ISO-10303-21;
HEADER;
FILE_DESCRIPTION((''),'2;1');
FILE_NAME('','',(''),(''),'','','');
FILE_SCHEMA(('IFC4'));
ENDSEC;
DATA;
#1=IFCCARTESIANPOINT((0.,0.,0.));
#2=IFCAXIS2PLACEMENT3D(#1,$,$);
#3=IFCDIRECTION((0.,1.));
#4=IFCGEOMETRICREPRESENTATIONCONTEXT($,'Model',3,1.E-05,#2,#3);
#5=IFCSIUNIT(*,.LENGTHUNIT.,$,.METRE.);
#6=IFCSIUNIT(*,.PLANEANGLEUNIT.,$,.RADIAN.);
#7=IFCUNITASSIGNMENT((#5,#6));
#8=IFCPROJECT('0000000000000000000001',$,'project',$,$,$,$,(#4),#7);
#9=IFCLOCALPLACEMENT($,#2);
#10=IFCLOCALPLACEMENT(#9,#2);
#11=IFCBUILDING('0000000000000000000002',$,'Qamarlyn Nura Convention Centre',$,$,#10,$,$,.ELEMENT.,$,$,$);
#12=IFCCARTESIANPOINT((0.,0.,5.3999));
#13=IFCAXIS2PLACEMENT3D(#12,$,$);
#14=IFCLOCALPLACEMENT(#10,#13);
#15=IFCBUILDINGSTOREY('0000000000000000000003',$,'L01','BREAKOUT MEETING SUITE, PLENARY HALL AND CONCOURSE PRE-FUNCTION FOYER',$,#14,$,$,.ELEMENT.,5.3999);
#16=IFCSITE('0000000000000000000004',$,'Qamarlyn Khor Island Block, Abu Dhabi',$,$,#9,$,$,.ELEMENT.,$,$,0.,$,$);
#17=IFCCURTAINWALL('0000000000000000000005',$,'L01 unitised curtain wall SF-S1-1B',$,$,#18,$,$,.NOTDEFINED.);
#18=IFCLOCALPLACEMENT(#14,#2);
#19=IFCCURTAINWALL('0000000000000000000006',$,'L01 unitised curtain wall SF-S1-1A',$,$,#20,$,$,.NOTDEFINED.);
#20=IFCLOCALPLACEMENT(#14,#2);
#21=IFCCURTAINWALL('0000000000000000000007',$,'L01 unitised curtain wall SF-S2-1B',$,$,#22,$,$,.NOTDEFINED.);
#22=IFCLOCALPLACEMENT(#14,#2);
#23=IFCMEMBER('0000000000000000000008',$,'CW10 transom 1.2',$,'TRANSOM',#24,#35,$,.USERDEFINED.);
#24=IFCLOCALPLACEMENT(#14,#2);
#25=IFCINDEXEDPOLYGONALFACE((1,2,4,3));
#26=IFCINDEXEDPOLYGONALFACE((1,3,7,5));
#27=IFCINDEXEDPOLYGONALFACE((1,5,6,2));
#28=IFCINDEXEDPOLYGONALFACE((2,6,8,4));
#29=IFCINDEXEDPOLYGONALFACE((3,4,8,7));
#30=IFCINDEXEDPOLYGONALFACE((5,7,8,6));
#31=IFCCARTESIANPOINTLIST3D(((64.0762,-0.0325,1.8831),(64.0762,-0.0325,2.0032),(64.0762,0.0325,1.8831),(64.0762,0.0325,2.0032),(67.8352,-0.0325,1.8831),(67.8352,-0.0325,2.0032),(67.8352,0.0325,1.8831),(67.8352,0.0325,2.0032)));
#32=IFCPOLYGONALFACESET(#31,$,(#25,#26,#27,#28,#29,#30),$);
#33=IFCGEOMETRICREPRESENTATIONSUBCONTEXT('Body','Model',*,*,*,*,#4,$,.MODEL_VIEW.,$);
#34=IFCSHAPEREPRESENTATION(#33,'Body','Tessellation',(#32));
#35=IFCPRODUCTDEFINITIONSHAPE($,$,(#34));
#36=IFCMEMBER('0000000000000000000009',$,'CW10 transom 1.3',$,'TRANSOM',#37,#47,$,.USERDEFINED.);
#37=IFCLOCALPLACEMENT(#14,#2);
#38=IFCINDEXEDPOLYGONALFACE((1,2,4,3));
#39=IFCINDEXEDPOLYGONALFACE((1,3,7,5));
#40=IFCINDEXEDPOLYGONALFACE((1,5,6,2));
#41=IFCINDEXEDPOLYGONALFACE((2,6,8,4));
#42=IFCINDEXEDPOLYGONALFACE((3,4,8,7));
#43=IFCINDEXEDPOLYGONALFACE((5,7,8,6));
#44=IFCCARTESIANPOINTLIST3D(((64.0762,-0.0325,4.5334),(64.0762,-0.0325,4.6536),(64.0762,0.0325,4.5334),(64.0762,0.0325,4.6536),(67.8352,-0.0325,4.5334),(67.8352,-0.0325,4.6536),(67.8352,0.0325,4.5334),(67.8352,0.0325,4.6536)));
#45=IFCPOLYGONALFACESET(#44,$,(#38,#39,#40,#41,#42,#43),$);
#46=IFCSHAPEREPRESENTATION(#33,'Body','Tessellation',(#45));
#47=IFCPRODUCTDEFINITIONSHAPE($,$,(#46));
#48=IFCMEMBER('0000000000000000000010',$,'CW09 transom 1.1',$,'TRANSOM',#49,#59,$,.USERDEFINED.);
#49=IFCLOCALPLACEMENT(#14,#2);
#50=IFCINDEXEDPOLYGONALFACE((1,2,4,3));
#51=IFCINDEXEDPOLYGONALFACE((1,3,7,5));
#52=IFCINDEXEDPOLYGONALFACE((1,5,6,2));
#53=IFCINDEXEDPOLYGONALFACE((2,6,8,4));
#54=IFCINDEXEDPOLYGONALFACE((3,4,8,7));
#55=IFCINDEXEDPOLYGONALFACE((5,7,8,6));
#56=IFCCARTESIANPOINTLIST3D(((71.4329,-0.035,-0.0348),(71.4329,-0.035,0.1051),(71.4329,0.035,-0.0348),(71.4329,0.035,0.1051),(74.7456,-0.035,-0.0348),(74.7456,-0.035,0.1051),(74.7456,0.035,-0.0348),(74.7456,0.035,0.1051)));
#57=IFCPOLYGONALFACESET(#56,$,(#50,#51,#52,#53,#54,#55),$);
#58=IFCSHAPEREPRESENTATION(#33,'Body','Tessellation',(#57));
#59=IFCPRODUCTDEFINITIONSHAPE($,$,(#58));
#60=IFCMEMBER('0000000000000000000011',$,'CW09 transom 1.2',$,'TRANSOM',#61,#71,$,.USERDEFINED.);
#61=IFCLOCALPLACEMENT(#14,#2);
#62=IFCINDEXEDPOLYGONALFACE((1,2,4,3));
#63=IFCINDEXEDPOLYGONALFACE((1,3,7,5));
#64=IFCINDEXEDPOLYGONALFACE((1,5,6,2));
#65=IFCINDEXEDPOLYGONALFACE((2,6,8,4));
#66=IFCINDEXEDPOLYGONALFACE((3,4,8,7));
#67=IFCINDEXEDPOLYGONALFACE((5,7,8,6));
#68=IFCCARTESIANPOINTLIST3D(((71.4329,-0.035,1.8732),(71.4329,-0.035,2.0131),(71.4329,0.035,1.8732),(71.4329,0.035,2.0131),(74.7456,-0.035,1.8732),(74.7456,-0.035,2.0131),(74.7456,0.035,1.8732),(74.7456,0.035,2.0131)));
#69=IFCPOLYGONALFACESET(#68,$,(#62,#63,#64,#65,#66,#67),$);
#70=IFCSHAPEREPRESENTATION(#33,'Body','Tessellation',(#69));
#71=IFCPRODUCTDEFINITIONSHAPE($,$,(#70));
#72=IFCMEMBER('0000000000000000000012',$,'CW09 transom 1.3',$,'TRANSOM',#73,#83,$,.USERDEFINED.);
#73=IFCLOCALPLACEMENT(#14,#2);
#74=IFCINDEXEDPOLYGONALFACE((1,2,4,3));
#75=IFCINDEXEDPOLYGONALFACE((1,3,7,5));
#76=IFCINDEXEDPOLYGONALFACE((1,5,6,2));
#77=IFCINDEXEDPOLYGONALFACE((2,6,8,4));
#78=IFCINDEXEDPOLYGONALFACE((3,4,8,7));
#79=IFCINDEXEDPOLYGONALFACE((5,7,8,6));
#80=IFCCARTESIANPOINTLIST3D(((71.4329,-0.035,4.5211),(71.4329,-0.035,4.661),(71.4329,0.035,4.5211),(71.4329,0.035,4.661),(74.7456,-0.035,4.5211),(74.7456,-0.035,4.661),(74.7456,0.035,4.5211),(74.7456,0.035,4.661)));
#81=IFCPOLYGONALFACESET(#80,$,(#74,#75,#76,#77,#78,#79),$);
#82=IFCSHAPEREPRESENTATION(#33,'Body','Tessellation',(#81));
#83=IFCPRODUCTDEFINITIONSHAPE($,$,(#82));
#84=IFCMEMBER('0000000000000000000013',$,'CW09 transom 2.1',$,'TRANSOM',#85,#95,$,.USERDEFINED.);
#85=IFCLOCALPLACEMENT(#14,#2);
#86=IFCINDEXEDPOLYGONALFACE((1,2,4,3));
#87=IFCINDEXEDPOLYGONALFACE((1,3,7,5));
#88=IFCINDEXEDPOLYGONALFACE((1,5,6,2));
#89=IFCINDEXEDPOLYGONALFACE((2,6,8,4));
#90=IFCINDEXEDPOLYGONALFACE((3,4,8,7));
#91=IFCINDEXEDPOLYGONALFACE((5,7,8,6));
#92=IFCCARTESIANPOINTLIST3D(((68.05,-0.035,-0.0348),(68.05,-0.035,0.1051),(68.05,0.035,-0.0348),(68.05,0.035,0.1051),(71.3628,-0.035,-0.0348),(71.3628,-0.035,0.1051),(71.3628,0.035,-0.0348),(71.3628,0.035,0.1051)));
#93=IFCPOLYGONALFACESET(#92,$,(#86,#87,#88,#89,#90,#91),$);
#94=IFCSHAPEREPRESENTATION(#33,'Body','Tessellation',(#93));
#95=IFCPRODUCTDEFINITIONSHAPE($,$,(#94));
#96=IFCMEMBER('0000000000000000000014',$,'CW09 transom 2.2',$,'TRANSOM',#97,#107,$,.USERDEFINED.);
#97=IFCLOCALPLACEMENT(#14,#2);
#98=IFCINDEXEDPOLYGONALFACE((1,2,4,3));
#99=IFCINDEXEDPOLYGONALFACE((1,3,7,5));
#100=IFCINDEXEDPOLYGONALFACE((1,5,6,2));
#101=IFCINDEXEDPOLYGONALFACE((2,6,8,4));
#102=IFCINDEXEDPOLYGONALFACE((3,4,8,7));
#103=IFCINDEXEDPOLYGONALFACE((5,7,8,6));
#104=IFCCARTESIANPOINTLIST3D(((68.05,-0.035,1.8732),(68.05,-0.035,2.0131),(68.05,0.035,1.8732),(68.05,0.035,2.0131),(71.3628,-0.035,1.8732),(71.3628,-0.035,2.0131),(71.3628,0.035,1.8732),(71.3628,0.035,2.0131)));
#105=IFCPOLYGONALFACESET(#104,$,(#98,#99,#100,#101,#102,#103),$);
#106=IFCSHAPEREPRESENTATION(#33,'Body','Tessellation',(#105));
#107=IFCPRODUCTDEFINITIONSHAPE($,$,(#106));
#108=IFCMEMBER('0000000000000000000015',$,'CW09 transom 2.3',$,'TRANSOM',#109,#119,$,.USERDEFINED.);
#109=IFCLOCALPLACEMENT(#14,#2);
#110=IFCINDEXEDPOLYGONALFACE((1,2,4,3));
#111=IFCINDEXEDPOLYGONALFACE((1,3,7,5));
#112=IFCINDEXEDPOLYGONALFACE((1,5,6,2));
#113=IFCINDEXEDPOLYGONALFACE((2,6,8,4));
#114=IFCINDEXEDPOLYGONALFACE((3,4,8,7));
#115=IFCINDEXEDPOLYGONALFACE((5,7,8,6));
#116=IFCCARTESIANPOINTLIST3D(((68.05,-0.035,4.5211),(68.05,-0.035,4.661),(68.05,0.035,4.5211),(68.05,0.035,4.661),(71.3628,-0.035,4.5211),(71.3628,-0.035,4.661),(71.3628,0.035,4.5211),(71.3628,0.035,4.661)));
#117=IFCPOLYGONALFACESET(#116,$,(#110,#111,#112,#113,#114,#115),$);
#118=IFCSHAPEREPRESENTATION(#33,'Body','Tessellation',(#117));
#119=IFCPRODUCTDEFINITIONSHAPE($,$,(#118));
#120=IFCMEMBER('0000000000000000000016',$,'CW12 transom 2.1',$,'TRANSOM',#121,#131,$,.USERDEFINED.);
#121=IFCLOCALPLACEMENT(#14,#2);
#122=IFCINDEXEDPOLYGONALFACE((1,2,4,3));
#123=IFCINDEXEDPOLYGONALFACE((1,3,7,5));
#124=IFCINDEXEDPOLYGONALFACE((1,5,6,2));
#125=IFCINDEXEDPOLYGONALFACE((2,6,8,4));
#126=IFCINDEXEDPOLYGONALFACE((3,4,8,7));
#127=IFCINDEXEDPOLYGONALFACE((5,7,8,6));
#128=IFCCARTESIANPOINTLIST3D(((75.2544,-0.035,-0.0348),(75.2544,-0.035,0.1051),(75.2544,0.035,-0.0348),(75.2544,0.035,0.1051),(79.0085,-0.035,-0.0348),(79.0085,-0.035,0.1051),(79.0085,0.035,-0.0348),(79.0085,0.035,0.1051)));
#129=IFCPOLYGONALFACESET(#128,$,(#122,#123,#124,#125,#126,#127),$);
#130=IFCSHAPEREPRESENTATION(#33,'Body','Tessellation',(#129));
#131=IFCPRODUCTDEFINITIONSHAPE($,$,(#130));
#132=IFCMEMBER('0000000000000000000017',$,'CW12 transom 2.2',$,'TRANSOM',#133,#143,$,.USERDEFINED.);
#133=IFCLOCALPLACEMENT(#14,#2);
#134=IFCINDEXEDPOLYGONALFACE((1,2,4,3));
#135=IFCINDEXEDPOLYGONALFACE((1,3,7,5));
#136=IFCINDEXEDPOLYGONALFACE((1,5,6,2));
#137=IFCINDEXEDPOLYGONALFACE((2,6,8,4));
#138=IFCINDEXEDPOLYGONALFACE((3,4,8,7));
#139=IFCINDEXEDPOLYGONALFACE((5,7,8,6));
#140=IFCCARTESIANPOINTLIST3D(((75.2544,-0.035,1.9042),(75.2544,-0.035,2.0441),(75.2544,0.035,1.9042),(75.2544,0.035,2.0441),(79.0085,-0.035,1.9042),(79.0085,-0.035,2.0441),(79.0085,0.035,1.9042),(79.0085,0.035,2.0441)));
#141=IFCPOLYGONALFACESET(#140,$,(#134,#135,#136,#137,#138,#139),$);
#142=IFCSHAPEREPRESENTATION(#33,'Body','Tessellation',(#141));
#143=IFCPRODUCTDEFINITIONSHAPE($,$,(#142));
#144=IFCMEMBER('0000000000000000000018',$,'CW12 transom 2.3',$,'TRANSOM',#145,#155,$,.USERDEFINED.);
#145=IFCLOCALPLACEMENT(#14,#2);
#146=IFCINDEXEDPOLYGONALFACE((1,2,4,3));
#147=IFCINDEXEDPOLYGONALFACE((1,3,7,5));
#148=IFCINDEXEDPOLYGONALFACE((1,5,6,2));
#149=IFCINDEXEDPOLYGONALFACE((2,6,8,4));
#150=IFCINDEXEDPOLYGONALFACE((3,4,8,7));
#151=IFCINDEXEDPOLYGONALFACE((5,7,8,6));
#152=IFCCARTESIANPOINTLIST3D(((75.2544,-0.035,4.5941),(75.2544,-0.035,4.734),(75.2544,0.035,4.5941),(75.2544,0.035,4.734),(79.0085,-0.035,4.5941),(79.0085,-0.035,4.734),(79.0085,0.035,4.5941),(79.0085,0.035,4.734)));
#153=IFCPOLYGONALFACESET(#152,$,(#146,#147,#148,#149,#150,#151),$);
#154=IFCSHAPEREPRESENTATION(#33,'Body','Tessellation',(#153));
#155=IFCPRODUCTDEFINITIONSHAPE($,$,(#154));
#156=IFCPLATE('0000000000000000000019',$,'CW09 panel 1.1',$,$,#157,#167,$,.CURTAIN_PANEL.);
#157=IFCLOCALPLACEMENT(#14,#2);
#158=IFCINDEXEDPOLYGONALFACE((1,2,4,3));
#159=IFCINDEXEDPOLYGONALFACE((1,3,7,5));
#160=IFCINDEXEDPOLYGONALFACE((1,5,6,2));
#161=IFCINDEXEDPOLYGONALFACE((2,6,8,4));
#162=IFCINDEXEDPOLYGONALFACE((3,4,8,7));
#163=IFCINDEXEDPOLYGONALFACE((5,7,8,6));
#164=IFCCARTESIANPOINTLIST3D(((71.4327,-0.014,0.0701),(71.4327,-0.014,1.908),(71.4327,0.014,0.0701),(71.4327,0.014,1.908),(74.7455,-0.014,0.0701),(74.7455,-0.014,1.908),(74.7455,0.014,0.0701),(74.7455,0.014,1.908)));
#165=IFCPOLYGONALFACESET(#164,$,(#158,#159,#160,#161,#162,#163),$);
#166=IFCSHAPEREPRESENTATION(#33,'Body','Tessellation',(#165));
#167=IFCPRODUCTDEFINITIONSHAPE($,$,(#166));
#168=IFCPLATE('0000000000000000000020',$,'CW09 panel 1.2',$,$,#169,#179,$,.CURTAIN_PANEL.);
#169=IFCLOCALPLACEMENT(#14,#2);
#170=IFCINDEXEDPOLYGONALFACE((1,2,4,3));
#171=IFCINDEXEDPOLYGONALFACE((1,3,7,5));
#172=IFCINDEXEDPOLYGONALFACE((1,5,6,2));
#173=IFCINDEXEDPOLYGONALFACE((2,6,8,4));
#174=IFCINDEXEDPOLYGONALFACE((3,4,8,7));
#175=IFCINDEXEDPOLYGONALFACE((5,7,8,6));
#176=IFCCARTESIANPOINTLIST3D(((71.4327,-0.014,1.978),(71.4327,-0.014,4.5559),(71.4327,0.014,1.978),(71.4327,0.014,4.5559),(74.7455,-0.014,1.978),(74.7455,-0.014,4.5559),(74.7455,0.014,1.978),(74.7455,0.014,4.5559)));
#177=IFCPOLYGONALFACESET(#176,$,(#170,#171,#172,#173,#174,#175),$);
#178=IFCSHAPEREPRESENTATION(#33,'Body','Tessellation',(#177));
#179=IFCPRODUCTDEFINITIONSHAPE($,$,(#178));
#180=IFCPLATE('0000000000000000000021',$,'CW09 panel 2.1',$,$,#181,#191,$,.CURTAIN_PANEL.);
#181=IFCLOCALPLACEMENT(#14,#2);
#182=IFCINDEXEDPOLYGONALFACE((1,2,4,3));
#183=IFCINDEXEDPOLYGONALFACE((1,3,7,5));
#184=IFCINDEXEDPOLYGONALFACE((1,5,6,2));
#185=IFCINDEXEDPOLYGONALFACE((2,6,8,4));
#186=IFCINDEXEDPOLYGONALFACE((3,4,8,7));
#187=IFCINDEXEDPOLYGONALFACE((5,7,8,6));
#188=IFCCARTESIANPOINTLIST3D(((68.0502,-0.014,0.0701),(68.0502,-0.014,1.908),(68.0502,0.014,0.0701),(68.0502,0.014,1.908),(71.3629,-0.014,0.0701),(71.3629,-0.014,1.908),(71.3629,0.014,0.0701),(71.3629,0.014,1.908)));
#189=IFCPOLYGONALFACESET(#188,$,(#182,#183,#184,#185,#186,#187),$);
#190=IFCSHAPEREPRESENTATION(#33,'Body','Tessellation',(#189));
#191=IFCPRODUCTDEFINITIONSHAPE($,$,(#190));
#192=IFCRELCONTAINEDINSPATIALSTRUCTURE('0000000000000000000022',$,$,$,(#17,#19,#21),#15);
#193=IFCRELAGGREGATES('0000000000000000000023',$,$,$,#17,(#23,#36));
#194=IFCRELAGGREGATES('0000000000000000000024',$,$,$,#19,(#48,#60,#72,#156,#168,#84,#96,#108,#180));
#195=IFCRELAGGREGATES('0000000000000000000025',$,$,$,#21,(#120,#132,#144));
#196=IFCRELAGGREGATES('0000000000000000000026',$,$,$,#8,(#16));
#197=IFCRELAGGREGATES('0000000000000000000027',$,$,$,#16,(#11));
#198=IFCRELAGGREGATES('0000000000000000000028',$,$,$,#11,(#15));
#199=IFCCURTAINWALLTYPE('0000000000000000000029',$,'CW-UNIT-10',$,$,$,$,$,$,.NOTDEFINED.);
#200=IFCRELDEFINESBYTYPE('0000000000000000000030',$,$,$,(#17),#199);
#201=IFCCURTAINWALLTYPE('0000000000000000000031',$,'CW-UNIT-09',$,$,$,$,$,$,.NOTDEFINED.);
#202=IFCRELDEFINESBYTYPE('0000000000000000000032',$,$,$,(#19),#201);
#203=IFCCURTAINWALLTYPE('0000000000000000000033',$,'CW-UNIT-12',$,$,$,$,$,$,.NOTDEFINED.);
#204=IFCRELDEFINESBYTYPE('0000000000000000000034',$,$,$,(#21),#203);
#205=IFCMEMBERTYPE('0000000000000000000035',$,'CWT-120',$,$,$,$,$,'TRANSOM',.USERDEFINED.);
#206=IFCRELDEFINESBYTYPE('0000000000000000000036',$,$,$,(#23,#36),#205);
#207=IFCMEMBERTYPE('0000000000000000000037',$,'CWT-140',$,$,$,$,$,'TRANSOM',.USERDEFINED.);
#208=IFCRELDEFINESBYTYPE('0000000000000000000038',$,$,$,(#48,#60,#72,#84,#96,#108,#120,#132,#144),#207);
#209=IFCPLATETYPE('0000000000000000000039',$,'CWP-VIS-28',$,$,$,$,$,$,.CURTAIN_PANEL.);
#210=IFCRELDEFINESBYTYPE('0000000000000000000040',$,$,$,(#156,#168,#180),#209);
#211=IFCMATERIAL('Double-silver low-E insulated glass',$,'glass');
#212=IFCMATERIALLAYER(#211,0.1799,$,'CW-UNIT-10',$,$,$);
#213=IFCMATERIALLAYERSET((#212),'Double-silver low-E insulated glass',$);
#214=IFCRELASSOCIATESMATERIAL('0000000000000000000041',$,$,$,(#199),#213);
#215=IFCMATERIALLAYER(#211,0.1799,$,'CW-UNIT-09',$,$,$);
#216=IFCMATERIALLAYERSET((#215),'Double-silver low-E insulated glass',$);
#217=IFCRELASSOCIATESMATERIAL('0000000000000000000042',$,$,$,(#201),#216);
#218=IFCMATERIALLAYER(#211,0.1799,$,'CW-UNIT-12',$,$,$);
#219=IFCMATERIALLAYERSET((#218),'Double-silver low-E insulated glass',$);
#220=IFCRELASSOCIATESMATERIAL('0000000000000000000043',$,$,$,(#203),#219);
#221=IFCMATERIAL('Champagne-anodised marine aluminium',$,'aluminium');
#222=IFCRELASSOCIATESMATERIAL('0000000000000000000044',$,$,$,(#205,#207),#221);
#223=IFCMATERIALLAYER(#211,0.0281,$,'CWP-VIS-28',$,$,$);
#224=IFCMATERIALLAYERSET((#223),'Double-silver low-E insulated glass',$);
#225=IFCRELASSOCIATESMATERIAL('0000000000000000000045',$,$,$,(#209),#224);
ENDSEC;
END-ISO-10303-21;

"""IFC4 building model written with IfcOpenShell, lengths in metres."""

from ifc_helpers import new_model, si_unit, direction, frame, origin, origin_2d, place, context, subcontext, project, spatial, rectangle, extrude, material, layer, layer_set, material_profile, profile_set, type_object, element, aggregate, save


model = new_model("IFC4")

# Units and contexts
model_context = context("Model", 3, precision=1e-05, world=origin(), true_north=direction((0.0, 1.0)))
body_context = subcontext(model_context, "Body", "Model", "MODEL_VIEW")
ifc_project = project(units=[si_unit("LENGTHUNIT", "METRE"), si_unit("PLANEANGLEUNIT", "RADIAN")], contexts=[model_context])

# Site, building, storey
site_placement = place(None, origin())
site = spatial("IfcSite", under=ifc_project, at=site_placement, Name="Qamarlyn Khor Island Block, Abu Dhabi", CompositionType="ELEMENT", RefElevation=0.0)
building_placement = place(site_placement, origin())
building = spatial("IfcBuilding", under=site, at=building_placement, Name="Qamarlyn Nura Convention Centre", CompositionType="ELEMENT")
storey_placement = place(building_placement, frame((0.0, 0.0, 5.3999)))
storey = spatial("IfcBuildingStorey", under=building, at=storey_placement, Name="L01", Description="BREAKOUT MEETING SUITE, PLENARY HALL AND CONCOURSE PRE-FUNCTION FOYER", CompositionType="ELEMENT", Elevation=5.3999)

# Curtain wall
ifc_material_1 = material(Name="Double-silver low-E insulated glass", Category="glass")
ifc_layer_1 = layer(ifc_material_1, 0.1799, Name="CW-UNIT-10")
ifc_layer_set_1 = layer_set([ifc_layer_1], Name="Double-silver low-E insulated glass")
curtain_wall_type_1 = type_object("IfcCurtainWallType", Name="CW-UNIT-10", PredefinedType="NOTDEFINED", material=ifc_layer_set_1)
curtain_wall_1_placement = place(storey_placement, origin())
curtain_wall_1 = element("IfcCurtainWall", 1, at=curtain_wall_1_placement, inside=storey, type_object=curtain_wall_type_1, Name="L01 unitised curtain wall SF-S1-1B", PredefinedType="NOTDEFINED")
ifc_material_2 = material(Name="Champagne-anodised marine aluminium", Category="aluminium")

# Curtain walls
ifc_layer_2 = layer(ifc_material_1, 0.1799, Name="CW-UNIT-09")
ifc_layer_set_2 = layer_set([ifc_layer_2], Name="Double-silver low-E insulated glass")
curtain_wall_type_2 = type_object("IfcCurtainWallType", Name="CW-UNIT-09", PredefinedType="NOTDEFINED", material=ifc_layer_set_2)
curtain_wall_2_placement = place(storey_placement, origin())
curtain_wall_2 = element("IfcCurtainWall", 2, at=curtain_wall_2_placement, inside=storey, type_object=curtain_wall_type_2, Name="L01 unitised curtain wall SF-S1-1A", PredefinedType="NOTDEFINED")
ifc_layer_3 = layer(ifc_material_1, 0.1799, Name="CW-UNIT-12")
ifc_layer_set_3 = layer_set([ifc_layer_3], Name="Double-silver low-E insulated glass")
curtain_wall_type_3 = type_object("IfcCurtainWallType", Name="CW-UNIT-12", PredefinedType="NOTDEFINED", material=ifc_layer_set_3)
curtain_wall_3_placement = place(storey_placement, origin())
curtain_wall_3 = element("IfcCurtainWall", 3, at=curtain_wall_3_placement, inside=storey, type_object=curtain_wall_type_3, Name="L01 unitised curtain wall SF-S2-1B", PredefinedType="NOTDEFINED")

# Members
ifc_material_profile_1 = material_profile(ifc_material_2, rectangle(XDim=0.0649, YDim=0.1201, at=origin_2d()), Name="ALU TRANSOM 65x120")
ifc_profile_set_1 = profile_set([ifc_material_profile_1], Name="Champagne-anodised marine aluminium")
member_type_1 = type_object("IfcMemberType", Name="CWT-120", ElementType="TRANSOM", PredefinedType="USERDEFINED", material=ifc_profile_set_1)
member_1_placement = place(storey_placement, frame((67.8352, 0.0, 1.9431), z_axis=(-1.0, 0.0, 0.0), x_axis=(0.0, -1.0, 0.0)))
member_1 = element("IfcMember", 4, at=member_1_placement, type_object=member_type_1, Name="CW10 transom 1.2", ObjectType="TRANSOM", PredefinedType="USERDEFINED", context=body_context, shape_type="SweptSolid", body=[
    extrude(rectangle(XDim=0.0649, YDim=0.1201, at=origin_2d()), origin(), (0.0, 0.0, 1.0), 3.759),
])
member_2_placement = place(storey_placement, frame((67.8352, 0.0, 4.5935), z_axis=(-1.0, 0.0, 0.0), x_axis=(0.0, -1.0, 0.0)))
member_2 = element("IfcMember", 5, at=member_2_placement, type_object=member_type_1, Name="CW10 transom 1.3", ObjectType="TRANSOM", PredefinedType="USERDEFINED", context=body_context, shape_type="SweptSolid", body=[
    extrude(rectangle(XDim=0.0649, YDim=0.1201, at=origin_2d()), origin(), (0.0, 0.0, 1.0), 3.759),
])
aggregate(curtain_wall_1, [member_1, member_2])
ifc_material_profile_2 = material_profile(ifc_material_2, rectangle(XDim=0.0701, YDim=0.1399, at=origin_2d()), Name="ALU TRANSOM 70x140")
ifc_profile_set_2 = profile_set([ifc_material_profile_2], Name="Champagne-anodised marine aluminium")
member_type_2 = type_object("IfcMemberType", Name="CWT-140", ElementType="TRANSOM", PredefinedType="USERDEFINED", material=ifc_profile_set_2)
member_3_placement = place(storey_placement, frame((74.7456, 0.0, 0.0352), z_axis=(-1.0, 0.0, 0.0), x_axis=(0.0, -1.0, 0.0)))
member_3 = element("IfcMember", 6, at=member_3_placement, type_object=member_type_2, Name="CW09 transom 1.1", ObjectType="TRANSOM", PredefinedType="USERDEFINED", context=body_context, shape_type="SweptSolid", body=[
    extrude(rectangle(XDim=0.0701, YDim=0.1399, at=origin_2d()), origin(), (0.0, 0.0, 1.0), 3.3127),
])
member_4_placement = place(storey_placement, frame((74.7456, 0.0, 1.9431), z_axis=(-1.0, 0.0, 0.0), x_axis=(0.0, -1.0, 0.0)))
member_4 = element("IfcMember", 7, at=member_4_placement, type_object=member_type_2, Name="CW09 transom 1.2", ObjectType="TRANSOM", PredefinedType="USERDEFINED", context=body_context, shape_type="SweptSolid", body=[
    extrude(rectangle(XDim=0.0701, YDim=0.1399, at=origin_2d()), origin(), (0.0, 0.0, 1.0), 3.3127),
])
member_5_placement = place(storey_placement, frame((74.7456, 0.0, 4.5911), z_axis=(-1.0, 0.0, 0.0), x_axis=(0.0, -1.0, 0.0)))
member_5 = element("IfcMember", 8, at=member_5_placement, type_object=member_type_2, Name="CW09 transom 1.3", ObjectType="TRANSOM", PredefinedType="USERDEFINED", context=body_context, shape_type="SweptSolid", body=[
    extrude(rectangle(XDim=0.0701, YDim=0.1399, at=origin_2d()), origin(), (0.0, 0.0, 1.0), 3.3127),
])
member_6_placement = place(storey_placement, frame((71.3628, 0.0, 0.0352), z_axis=(-1.0, 0.0, 0.0), x_axis=(0.0, -1.0, 0.0)))
member_6 = element("IfcMember", 9, at=member_6_placement, type_object=member_type_2, Name="CW09 transom 2.1", ObjectType="TRANSOM", PredefinedType="USERDEFINED", context=body_context, shape_type="SweptSolid", body=[
    extrude(rectangle(XDim=0.0701, YDim=0.1399, at=origin_2d()), origin(), (0.0, 0.0, 1.0), 3.3127),
])
member_7_placement = place(storey_placement, frame((71.3628, 0.0, 1.9431), z_axis=(-1.0, 0.0, 0.0), x_axis=(0.0, -1.0, 0.0)))
member_7 = element("IfcMember", 10, at=member_7_placement, type_object=member_type_2, Name="CW09 transom 2.2", ObjectType="TRANSOM", PredefinedType="USERDEFINED", context=body_context, shape_type="SweptSolid", body=[
    extrude(rectangle(XDim=0.0701, YDim=0.1399, at=origin_2d()), origin(), (0.0, 0.0, 1.0), 3.3127),
])
member_8_placement = place(storey_placement, frame((71.3628, 0.0, 4.5911), z_axis=(-1.0, 0.0, 0.0), x_axis=(0.0, -1.0, 0.0)))
member_8 = element("IfcMember", 11, at=member_8_placement, type_object=member_type_2, Name="CW09 transom 2.3", ObjectType="TRANSOM", PredefinedType="USERDEFINED", context=body_context, shape_type="SweptSolid", body=[
    extrude(rectangle(XDim=0.0701, YDim=0.1399, at=origin_2d()), origin(), (0.0, 0.0, 1.0), 3.3127),
])
member_9_placement = place(storey_placement, frame((79.0085, 0.0, 0.0352), z_axis=(-1.0, 0.0, 0.0), x_axis=(0.0, -1.0, 0.0)))
member_9 = element("IfcMember", 12, at=member_9_placement, type_object=member_type_2, Name="CW12 transom 2.1", ObjectType="TRANSOM", PredefinedType="USERDEFINED", context=body_context, shape_type="SweptSolid", body=[
    extrude(rectangle(XDim=0.0701, YDim=0.1399, at=origin_2d()), origin(), (0.0, 0.0, 1.0), 3.7542),
])
member_10_placement = place(storey_placement, frame((79.0085, 0.0, 1.9741), z_axis=(-1.0, 0.0, 0.0), x_axis=(0.0, -1.0, 0.0)))
member_10 = element("IfcMember", 13, at=member_10_placement, type_object=member_type_2, Name="CW12 transom 2.2", ObjectType="TRANSOM", PredefinedType="USERDEFINED", context=body_context, shape_type="SweptSolid", body=[
    extrude(rectangle(XDim=0.0701, YDim=0.1399, at=origin_2d()), origin(), (0.0, 0.0, 1.0), 3.7542),
])
member_11_placement = place(storey_placement, frame((79.0085, 0.0, 4.6641), z_axis=(-1.0, 0.0, 0.0), x_axis=(0.0, -1.0, 0.0)))
member_11 = element("IfcMember", 14, at=member_11_placement, type_object=member_type_2, Name="CW12 transom 2.3", ObjectType="TRANSOM", PredefinedType="USERDEFINED", context=body_context, shape_type="SweptSolid", body=[
    extrude(rectangle(XDim=0.0701, YDim=0.1399, at=origin_2d()), origin(), (0.0, 0.0, 1.0), 3.7542),
])

# Plates
ifc_layer_4 = layer(ifc_material_1, 0.0281, Name="CWP-VIS-28")
ifc_layer_set_4 = layer_set([ifc_layer_4], Name="Double-silver low-E insulated glass")
plate_type_1 = type_object("IfcPlateType", Name="CWP-VIS-28", PredefinedType="CURTAIN_PANEL", material=ifc_layer_set_4)
plate_1_placement = place(storey_placement, frame((73.0891, 0.0, 0.0701), z_axis=(0.0, 0.0, 1.0), x_axis=(-1.0, 0.0, 0.0)))
plate_1 = element("IfcPlate", 15, at=plate_1_placement, type_object=plate_type_1, Name="CW09 panel 1.1", PredefinedType="CURTAIN_PANEL", context=body_context, shape_type="SweptSolid", body=[
    extrude(rectangle(XDim=3.3127, YDim=0.0281, at=origin_2d()), origin(), (0.0, 0.0, 1.0), 1.8379),
])
plate_2_placement = place(storey_placement, frame((73.0891, 0.0, 1.978), z_axis=(0.0, 0.0, 1.0), x_axis=(-1.0, 0.0, 0.0)))
plate_2 = element("IfcPlate", 16, at=plate_2_placement, type_object=plate_type_1, Name="CW09 panel 1.2", PredefinedType="CURTAIN_PANEL", context=body_context, shape_type="SweptSolid", body=[
    extrude(rectangle(XDim=3.3127, YDim=0.0281, at=origin_2d()), origin(), (0.0, 0.0, 1.0), 2.5779),
])
plate_3_placement = place(storey_placement, frame((69.7065, 0.0, 0.0701), z_axis=(0.0, 0.0, 1.0), x_axis=(-1.0, 0.0, 0.0)))
plate_3 = element("IfcPlate", 17, at=plate_3_placement, type_object=plate_type_1, Name="CW09 panel 2.1", PredefinedType="CURTAIN_PANEL", context=body_context, shape_type="SweptSolid", body=[
    extrude(rectangle(XDim=3.3127, YDim=0.0281, at=origin_2d()), origin(), (0.0, 0.0, 1.0), 1.8379),
])
aggregate(curtain_wall_2, [member_3, member_4, member_5, plate_1, plate_2, member_6, member_7, member_8, plate_3])
aggregate(curtain_wall_3, [member_9, member_10, member_11])

save(model, "model.ifc")
